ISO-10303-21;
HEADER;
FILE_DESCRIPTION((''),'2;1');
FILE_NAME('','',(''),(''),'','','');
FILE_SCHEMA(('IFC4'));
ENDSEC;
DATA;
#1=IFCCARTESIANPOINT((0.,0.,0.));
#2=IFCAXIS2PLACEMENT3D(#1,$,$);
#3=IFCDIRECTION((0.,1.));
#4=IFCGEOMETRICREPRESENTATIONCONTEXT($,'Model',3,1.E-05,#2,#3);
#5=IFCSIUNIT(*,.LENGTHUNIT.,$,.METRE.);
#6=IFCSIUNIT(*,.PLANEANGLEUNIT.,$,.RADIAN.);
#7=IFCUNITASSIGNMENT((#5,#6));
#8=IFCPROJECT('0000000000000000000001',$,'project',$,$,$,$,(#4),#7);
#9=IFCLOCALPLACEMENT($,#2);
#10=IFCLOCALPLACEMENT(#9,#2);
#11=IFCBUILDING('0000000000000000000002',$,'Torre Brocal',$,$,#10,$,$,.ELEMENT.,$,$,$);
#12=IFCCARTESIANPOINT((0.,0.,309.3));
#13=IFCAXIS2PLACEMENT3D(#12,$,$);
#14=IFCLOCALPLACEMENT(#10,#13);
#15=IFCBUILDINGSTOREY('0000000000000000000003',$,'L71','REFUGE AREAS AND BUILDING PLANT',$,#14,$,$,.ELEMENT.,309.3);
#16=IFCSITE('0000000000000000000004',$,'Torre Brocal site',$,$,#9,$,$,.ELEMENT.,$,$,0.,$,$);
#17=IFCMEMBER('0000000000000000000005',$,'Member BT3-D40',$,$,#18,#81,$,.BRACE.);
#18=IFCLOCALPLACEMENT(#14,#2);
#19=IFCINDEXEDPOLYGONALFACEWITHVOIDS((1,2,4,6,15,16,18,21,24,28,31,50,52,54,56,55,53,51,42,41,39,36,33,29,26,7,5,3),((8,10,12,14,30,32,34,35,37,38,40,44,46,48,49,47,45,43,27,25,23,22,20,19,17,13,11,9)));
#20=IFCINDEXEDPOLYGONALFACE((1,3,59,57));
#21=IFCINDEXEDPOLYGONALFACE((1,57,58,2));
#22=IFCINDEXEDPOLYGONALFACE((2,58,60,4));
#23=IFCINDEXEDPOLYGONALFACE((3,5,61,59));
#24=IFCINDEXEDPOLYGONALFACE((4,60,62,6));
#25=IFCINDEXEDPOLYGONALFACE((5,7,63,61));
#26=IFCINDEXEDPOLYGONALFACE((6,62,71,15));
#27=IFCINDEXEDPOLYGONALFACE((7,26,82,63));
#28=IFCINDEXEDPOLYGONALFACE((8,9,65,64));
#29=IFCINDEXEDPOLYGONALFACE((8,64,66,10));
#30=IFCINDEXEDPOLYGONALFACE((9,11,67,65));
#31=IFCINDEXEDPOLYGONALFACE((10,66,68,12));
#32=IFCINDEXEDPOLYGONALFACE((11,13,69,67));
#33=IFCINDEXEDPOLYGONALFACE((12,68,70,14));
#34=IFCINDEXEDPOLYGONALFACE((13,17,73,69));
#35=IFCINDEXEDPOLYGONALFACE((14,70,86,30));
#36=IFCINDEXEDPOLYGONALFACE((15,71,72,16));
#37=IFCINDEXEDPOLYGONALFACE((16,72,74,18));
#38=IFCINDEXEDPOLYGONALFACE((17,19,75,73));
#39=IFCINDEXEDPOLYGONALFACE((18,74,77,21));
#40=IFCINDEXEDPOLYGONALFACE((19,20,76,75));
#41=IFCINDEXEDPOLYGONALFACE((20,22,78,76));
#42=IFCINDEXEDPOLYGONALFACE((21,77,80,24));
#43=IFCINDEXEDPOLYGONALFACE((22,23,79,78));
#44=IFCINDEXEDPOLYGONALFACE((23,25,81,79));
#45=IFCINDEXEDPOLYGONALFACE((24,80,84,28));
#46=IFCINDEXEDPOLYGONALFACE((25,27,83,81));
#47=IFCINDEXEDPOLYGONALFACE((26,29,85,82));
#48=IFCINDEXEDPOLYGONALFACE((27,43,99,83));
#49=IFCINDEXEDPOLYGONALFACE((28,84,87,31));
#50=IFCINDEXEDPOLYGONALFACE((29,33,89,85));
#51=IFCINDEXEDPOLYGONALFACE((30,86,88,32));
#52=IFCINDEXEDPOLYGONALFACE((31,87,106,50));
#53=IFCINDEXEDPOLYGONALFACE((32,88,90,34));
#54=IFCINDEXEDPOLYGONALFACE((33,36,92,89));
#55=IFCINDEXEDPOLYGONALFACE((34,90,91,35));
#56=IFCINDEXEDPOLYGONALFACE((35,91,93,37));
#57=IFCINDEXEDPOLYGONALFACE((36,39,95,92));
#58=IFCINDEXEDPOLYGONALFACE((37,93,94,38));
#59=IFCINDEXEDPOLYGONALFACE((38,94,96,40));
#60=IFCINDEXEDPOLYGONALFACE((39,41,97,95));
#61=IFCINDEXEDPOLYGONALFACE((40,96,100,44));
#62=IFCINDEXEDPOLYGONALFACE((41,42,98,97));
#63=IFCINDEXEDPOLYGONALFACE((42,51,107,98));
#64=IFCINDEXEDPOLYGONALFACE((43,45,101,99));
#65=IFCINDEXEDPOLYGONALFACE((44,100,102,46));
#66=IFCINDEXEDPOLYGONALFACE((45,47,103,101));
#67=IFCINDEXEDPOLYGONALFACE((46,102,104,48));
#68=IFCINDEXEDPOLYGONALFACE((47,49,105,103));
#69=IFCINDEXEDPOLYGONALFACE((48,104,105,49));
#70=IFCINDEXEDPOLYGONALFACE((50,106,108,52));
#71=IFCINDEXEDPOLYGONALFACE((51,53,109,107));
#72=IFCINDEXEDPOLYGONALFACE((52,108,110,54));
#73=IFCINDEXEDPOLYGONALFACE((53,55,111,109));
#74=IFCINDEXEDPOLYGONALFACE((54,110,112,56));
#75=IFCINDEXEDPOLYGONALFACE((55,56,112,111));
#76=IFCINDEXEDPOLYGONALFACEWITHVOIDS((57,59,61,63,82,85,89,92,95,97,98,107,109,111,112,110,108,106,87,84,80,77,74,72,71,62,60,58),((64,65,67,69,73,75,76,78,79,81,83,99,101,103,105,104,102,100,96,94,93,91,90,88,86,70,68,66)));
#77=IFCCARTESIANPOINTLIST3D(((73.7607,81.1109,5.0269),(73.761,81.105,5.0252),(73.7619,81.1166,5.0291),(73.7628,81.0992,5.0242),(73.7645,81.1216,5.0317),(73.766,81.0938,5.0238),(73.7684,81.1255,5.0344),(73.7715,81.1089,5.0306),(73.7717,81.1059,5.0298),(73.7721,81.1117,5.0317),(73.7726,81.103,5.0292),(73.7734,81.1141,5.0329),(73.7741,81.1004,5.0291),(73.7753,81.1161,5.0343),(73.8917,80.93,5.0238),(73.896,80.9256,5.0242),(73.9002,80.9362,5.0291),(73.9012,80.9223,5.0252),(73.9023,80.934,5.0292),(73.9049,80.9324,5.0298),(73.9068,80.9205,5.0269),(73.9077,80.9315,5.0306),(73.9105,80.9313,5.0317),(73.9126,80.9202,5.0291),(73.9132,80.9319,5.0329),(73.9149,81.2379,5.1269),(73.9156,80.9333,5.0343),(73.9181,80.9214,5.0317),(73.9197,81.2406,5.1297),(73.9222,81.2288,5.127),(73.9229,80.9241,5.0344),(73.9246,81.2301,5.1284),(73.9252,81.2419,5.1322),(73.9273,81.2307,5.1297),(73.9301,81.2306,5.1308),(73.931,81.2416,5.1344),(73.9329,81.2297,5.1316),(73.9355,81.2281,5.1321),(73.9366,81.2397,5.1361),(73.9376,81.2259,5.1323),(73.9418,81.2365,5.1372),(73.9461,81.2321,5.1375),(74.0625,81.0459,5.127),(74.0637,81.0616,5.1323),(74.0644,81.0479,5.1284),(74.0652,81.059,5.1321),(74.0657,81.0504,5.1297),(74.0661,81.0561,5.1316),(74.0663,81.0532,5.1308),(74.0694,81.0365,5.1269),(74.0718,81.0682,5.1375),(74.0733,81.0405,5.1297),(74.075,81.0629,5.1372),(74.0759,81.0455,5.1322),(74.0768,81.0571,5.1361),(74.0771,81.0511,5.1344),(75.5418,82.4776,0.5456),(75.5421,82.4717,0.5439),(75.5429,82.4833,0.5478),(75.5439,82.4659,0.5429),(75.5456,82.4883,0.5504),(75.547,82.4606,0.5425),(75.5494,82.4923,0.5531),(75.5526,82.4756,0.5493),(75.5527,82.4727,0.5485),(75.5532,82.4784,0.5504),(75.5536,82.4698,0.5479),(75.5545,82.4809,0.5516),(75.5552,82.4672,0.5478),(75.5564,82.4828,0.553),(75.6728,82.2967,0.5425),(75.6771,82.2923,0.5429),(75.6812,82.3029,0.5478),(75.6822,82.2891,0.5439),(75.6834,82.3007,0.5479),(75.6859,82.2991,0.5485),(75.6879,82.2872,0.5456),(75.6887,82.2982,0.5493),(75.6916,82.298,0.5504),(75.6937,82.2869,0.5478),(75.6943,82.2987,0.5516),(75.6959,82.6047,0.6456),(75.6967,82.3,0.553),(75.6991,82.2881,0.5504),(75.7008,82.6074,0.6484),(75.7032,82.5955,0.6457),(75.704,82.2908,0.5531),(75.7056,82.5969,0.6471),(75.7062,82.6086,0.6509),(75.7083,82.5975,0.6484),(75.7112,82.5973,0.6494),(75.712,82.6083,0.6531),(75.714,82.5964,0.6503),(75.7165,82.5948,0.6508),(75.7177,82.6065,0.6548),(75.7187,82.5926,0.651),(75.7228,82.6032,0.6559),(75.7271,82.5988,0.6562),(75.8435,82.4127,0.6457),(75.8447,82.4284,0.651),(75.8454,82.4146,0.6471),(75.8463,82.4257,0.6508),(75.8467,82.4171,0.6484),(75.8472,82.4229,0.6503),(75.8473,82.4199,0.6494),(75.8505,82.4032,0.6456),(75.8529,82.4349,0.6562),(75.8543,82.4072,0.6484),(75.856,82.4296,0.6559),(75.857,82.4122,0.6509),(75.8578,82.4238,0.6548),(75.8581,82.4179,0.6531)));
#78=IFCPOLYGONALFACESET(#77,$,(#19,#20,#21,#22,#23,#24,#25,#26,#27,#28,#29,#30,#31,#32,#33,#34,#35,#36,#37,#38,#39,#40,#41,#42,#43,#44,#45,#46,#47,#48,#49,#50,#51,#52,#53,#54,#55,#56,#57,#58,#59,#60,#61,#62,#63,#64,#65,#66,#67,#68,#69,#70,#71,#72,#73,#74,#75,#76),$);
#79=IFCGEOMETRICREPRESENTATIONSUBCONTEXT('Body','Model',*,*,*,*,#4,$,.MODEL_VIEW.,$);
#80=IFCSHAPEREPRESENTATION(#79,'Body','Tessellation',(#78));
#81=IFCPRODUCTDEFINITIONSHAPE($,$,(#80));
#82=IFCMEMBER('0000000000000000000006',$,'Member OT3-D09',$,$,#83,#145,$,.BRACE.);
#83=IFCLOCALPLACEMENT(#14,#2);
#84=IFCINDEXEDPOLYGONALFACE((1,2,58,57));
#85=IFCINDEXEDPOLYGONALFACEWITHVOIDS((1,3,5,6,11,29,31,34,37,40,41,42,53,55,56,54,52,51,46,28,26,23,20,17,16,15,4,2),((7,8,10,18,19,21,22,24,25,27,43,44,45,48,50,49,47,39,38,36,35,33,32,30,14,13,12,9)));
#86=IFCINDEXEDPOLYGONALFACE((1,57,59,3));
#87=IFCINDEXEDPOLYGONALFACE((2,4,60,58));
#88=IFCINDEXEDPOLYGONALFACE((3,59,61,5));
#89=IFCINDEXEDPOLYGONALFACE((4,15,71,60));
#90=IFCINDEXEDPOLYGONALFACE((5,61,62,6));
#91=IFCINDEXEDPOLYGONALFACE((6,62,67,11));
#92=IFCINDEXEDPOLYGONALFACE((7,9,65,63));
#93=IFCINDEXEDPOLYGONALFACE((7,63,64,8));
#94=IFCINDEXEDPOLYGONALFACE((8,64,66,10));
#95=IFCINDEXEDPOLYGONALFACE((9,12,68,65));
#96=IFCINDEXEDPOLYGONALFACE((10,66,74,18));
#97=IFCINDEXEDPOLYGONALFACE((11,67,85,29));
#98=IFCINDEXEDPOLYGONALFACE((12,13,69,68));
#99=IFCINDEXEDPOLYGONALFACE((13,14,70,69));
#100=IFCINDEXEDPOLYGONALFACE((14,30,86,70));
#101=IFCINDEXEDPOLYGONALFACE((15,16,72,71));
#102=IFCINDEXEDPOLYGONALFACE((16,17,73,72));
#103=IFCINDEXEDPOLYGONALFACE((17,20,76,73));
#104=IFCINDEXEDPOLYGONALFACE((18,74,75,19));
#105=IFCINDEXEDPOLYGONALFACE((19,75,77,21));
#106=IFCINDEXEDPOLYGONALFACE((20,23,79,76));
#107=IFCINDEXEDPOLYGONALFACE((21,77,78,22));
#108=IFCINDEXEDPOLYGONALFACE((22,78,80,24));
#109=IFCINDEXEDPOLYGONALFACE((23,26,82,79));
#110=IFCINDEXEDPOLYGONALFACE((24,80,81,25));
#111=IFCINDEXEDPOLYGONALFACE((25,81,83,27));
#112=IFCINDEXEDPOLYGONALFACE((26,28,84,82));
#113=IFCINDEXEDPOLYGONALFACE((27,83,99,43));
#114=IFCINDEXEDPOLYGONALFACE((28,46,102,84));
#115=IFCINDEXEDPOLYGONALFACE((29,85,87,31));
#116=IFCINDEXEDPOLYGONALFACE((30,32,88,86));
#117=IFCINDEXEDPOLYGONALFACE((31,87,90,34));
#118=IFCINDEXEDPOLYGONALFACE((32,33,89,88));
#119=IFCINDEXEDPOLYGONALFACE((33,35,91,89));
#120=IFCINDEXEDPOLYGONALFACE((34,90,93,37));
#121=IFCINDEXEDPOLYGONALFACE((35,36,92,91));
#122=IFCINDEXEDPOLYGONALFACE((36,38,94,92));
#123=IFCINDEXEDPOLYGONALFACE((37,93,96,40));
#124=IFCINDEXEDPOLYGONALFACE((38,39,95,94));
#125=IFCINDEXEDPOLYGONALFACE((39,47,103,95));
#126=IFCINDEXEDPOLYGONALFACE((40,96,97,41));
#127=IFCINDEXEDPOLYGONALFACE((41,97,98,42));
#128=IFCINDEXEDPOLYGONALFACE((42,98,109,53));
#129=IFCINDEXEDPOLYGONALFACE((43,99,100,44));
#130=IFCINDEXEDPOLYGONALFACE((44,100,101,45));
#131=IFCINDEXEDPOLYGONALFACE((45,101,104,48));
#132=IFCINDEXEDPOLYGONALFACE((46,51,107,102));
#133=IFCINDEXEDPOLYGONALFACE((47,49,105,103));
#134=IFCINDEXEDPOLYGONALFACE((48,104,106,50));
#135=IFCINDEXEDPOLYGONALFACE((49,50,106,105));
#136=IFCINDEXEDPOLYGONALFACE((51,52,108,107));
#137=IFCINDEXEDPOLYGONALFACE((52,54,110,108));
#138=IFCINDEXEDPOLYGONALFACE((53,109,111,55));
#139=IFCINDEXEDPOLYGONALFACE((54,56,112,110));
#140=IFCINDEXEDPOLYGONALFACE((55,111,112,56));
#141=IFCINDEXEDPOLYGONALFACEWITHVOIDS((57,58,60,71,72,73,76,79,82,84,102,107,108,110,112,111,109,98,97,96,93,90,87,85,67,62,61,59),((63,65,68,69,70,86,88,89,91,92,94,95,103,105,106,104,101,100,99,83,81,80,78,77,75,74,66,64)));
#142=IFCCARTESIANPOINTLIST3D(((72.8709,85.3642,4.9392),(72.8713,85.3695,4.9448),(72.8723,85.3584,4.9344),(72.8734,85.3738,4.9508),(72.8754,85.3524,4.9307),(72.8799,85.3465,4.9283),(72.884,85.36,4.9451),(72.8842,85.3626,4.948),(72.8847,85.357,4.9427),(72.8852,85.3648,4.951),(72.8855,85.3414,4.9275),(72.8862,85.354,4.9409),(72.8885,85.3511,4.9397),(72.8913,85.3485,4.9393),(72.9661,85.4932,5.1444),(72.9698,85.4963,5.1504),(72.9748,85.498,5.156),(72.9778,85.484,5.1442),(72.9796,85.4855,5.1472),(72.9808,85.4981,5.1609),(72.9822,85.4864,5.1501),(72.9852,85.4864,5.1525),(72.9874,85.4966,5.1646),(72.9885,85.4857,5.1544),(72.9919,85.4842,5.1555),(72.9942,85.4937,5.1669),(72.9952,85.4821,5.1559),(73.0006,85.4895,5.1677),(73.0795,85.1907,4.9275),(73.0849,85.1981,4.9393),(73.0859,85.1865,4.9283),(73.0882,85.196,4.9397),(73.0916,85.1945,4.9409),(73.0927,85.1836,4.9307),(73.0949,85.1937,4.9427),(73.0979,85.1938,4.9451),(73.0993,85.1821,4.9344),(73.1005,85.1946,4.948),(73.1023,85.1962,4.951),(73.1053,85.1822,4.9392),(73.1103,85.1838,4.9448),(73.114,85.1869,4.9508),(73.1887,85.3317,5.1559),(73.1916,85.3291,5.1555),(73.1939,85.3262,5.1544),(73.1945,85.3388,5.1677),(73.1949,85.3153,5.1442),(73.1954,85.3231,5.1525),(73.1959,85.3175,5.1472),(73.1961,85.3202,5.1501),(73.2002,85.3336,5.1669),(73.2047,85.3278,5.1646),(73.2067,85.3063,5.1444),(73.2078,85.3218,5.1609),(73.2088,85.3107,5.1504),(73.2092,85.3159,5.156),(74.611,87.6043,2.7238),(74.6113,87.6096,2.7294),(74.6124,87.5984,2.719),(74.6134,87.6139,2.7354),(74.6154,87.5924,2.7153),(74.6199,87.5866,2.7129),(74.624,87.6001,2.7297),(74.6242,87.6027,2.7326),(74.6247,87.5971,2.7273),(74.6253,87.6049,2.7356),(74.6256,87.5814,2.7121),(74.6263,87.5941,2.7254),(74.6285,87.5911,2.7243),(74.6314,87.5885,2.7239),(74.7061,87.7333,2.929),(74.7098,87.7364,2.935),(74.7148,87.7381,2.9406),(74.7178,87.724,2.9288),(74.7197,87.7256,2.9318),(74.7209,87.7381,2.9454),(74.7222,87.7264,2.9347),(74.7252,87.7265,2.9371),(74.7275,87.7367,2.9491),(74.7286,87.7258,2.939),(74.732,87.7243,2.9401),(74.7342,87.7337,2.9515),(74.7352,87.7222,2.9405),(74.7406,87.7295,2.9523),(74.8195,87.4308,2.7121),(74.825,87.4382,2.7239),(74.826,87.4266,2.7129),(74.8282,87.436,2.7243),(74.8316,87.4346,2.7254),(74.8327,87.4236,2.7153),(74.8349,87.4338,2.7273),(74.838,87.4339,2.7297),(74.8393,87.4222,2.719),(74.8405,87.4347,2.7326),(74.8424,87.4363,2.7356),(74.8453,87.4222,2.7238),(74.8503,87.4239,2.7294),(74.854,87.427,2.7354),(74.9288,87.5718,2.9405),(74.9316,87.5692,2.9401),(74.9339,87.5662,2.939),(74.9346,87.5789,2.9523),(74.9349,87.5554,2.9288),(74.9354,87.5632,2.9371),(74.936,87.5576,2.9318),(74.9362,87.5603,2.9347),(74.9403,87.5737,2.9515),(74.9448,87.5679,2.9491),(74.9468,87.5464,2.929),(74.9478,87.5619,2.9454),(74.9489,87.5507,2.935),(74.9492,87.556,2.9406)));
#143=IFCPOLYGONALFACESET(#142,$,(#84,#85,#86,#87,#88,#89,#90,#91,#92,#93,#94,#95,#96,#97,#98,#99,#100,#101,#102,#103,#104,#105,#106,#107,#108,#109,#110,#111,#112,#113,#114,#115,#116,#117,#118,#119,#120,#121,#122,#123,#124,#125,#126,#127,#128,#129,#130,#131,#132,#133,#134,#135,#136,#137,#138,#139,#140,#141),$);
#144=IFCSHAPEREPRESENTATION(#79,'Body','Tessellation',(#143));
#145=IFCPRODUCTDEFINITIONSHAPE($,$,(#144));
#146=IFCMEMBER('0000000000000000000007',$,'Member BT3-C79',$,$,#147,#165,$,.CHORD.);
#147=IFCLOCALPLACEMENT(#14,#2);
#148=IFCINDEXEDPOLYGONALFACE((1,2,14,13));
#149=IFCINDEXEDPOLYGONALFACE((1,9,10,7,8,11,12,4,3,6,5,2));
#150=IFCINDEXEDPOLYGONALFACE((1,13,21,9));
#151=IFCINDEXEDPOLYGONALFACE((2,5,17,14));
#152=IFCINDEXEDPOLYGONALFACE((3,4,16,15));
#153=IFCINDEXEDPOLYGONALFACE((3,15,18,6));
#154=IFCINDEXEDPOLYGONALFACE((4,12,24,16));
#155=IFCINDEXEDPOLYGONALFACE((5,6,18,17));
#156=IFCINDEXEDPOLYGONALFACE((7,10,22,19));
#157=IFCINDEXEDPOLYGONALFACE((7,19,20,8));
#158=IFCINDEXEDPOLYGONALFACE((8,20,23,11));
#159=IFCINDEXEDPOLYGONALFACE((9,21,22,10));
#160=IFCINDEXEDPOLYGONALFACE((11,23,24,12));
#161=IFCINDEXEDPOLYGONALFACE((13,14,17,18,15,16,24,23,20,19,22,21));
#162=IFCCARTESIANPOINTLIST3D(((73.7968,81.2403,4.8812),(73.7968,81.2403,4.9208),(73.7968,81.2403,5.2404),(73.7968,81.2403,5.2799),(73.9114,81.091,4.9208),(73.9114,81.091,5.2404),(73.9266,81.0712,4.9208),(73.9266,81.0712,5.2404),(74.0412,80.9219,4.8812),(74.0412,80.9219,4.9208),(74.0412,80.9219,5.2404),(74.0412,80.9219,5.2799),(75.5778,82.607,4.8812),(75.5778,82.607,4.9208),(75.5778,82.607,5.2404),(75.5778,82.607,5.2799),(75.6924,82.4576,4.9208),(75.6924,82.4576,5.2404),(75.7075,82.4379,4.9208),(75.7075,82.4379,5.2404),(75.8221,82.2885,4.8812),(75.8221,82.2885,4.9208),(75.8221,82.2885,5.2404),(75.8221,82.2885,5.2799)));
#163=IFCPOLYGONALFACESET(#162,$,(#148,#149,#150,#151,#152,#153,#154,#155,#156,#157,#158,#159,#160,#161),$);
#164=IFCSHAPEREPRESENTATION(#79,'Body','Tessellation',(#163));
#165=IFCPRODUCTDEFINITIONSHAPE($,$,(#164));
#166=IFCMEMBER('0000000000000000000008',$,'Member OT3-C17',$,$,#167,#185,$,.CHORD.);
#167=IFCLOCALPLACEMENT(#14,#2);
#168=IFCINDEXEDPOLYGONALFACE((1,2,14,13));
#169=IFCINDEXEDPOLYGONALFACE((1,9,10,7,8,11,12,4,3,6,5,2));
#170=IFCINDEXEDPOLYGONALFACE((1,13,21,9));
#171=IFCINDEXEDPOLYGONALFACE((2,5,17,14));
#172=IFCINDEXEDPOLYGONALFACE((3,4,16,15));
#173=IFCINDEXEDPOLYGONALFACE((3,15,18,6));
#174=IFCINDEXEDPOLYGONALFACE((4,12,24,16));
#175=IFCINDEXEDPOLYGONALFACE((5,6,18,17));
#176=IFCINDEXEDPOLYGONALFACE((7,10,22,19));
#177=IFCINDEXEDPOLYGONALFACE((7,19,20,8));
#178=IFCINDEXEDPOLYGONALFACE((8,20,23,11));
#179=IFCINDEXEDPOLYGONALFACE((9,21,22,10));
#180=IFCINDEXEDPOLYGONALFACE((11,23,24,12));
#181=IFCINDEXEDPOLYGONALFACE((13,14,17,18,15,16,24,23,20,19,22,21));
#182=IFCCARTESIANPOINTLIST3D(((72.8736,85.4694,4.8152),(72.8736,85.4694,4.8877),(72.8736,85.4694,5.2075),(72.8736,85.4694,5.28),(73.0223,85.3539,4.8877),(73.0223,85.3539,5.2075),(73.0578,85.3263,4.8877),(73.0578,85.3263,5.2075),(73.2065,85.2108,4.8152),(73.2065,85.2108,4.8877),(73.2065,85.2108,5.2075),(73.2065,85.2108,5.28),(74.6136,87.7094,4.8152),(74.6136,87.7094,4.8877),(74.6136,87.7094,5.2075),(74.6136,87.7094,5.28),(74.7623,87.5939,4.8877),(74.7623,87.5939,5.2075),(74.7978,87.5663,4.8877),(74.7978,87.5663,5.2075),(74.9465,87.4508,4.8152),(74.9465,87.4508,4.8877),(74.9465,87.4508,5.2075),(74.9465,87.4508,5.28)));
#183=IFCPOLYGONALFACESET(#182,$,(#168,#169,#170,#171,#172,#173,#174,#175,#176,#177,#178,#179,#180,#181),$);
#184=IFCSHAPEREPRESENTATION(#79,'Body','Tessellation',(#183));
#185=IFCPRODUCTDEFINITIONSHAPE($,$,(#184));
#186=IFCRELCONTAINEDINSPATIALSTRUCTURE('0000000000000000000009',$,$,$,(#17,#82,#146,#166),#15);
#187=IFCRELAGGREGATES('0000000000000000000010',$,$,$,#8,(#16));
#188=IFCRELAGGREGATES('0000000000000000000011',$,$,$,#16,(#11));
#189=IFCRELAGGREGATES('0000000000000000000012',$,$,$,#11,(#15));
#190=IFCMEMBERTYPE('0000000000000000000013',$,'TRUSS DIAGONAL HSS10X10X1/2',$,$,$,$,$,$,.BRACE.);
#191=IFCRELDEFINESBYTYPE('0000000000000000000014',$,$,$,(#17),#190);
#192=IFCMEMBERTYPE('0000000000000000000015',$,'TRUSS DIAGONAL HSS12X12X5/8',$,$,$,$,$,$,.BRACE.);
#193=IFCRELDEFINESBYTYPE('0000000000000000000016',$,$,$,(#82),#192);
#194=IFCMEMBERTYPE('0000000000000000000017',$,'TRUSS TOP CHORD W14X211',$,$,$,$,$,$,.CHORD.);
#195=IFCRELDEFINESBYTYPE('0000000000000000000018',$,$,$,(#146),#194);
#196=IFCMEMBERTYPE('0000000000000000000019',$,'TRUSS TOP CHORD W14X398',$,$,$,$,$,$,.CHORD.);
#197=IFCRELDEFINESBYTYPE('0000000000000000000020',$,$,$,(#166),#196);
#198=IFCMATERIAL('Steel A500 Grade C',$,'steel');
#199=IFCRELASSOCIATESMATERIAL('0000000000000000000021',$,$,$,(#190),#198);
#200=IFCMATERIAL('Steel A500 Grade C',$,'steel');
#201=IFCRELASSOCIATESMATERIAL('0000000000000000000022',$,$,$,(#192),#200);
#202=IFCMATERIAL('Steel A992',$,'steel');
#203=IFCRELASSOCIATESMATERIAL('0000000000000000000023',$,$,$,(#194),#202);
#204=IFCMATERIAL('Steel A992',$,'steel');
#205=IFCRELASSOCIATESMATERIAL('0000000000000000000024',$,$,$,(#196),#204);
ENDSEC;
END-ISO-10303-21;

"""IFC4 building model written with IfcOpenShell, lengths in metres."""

from ifc_helpers import new_model, si_unit, direction, frame, origin, origin_2d, place, context, subcontext, project, spatial, hollow_rectangle, i_section, extrude, material, material_profile, profile_set, type_object, element, save


model = new_model("IFC4")

# Units and contexts
model_context = context("Model", 3, precision=1e-05, world=origin(), true_north=direction((0.0, 1.0)))
body_context = subcontext(model_context, "Body", "Model", "MODEL_VIEW")
ifc_project = project(units=[si_unit("LENGTHUNIT", "METRE"), si_unit("PLANEANGLEUNIT", "RADIAN")], contexts=[model_context])

# Site, building, storey
site_placement = place(None, origin())
site = spatial("IfcSite", under=ifc_project, at=site_placement, Name="Torre Brocal site", CompositionType="ELEMENT", RefElevation=0.0)
building_placement = place(site_placement, origin())
building = spatial("IfcBuilding", under=site, at=building_placement, Name="Torre Brocal", CompositionType="ELEMENT")
storey_placement = place(building_placement, frame((0.0, 0.0, 309.3)))
storey = spatial("IfcBuildingStorey", under=building, at=storey_placement, Name="L71", Description="REFUGE AREAS AND BUILDING PLANT", CompositionType="ELEMENT", Elevation=309.3)

# Members
ifc_material_1 = material(Name="Steel A500 Grade C", Category="steel")
ifc_material_profile_1 = material_profile(ifc_material_1, hollow_rectangle(XDim=0.2539, YDim=0.2539, WallThickness=0.0117, InnerFilletRadius=0.0117, OuterFilletRadius=0.0237, at=origin_2d()), Name="HSS10X10X1/2")
ifc_profile_set_1 = profile_set([ifc_material_profile_1], Name="Steel A500 Grade C")
member_type_1 = type_object("IfcMemberType", Name="TRUSS DIAGONAL HSS10X10X1/2", PredefinedType="BRACE", material=ifc_profile_set_1)
member_1_placement = place(storey_placement, frame((75.7, 82.4478, 0.5994), z_axis=(-0.355342, -0.272681, 0.894079), x_axis=(0.608785, -0.793335, 0.0)))
element("IfcMember", 1, at=member_1_placement, inside=storey, type_object=member_type_1, Name="Member BT3-D40", PredefinedType="BRACE", context=body_context, shape_type="SweptSolid", body=[
    extrude(hollow_rectangle(XDim=0.2539, YDim=0.2539, WallThickness=0.0117, InnerFilletRadius=0.0117, OuterFilletRadius=0.0237, at=origin_2d()), origin(), (0.0, 0.0, 1.0), 5.0122),
])
ifc_material_2 = material(Name="Steel A500 Grade C", Category="steel")
ifc_material_profile_2 = material_profile(ifc_material_2, hollow_rectangle(XDim=0.3047, YDim=0.3047, WallThickness=0.0149, InnerFilletRadius=0.0149, OuterFilletRadius=0.0295, at=origin_2d()), Name="HSS12X12X5/8")
ifc_profile_set_2 = profile_set([ifc_material_profile_2], Name="Steel A500 Grade C")
member_type_2 = type_object("IfcMemberType", Name="TRUSS DIAGONAL HSS12X12X5/8", PredefinedType="BRACE", material=ifc_profile_set_2)
member_2_placement = place(storey_placement, frame((73.04, 85.3401, 5.0476), z_axis=(0.483465, 0.622392, -0.615541), x_axis=(-0.789732, 0.613452, 0.0)))
element("IfcMember", 2, at=member_2_placement, inside=storey, type_object=member_type_2, Name="Member OT3-D09", PredefinedType="BRACE", context=body_context, shape_type="SweptSolid", body=[
    extrude(hollow_rectangle(XDim=0.3047, YDim=0.3047, WallThickness=0.0149, InnerFilletRadius=0.0149, OuterFilletRadius=0.0295, at=origin_2d()), origin(), (0.0, 0.0, 1.0), 3.5991),
])
ifc_material_3 = material(Name="Steel A992", Category="steel")
ifc_material_profile_3 = material_profile(ifc_material_3, i_section(OverallWidth=0.4014, OverallDepth=0.3987, WebThickness=0.0249, FlangeThickness=0.0396, at=origin_2d()), Name="W14X211")
ifc_profile_set_3 = profile_set([ifc_material_profile_3], Name="Steel A992")
member_type_3 = type_object("IfcMemberType", Name="TRUSS TOP CHORD W14X211", PredefinedType="CHORD", material=ifc_profile_set_3)
member_3_placement = place(storey_placement, frame((75.7, 82.4478, 5.0806), z_axis=(-0.793335, -0.608785, 0.0), x_axis=(0.608785, -0.793335, 0.0)))
element("IfcMember", 3, at=member_3_placement, inside=storey, type_object=member_type_3, Name="Member BT3-C79", PredefinedType="CHORD", context=body_context, shape_type="SweptSolid", body=[
    extrude(i_section(OverallWidth=0.4014, OverallDepth=0.3987, WebThickness=0.0249, FlangeThickness=0.0396, at=origin_2d()), origin(), (0.0, 0.0, 1.0), 2.2449),
])
ifc_material_4 = material(Name="Steel A992", Category="steel")
ifc_material_profile_4 = material_profile(ifc_material_4, i_section(OverallWidth=0.4216, OverallDepth=0.4648, WebThickness=0.0449, FlangeThickness=0.0725, at=origin_2d()), Name="W14X398")
ifc_profile_set_4 = profile_set([ifc_material_profile_4], Name="Steel A992")
member_type_4 = type_object("IfcMemberType", Name="TRUSS TOP CHORD W14X398", PredefinedType="CHORD", material=ifc_profile_set_4)
member_4_placement = place(storey_placement, frame((73.04, 85.3401, 5.0476), z_axis=(0.613452, 0.789732, 0.0), x_axis=(-0.789732, 0.613452, 0.0)))
element("IfcMember", 4, at=member_4_placement, inside=storey, type_object=member_type_4, Name="Member OT3-C17", PredefinedType="CHORD", context=body_context, shape_type="SweptSolid", body=[
    extrude(i_section(OverallWidth=0.4216, OverallDepth=0.4648, WebThickness=0.0449, FlangeThickness=0.0725, at=origin_2d()), origin(), (0.0, 0.0, 1.0), 2.8364),
])

save(model, "model.ifc")
